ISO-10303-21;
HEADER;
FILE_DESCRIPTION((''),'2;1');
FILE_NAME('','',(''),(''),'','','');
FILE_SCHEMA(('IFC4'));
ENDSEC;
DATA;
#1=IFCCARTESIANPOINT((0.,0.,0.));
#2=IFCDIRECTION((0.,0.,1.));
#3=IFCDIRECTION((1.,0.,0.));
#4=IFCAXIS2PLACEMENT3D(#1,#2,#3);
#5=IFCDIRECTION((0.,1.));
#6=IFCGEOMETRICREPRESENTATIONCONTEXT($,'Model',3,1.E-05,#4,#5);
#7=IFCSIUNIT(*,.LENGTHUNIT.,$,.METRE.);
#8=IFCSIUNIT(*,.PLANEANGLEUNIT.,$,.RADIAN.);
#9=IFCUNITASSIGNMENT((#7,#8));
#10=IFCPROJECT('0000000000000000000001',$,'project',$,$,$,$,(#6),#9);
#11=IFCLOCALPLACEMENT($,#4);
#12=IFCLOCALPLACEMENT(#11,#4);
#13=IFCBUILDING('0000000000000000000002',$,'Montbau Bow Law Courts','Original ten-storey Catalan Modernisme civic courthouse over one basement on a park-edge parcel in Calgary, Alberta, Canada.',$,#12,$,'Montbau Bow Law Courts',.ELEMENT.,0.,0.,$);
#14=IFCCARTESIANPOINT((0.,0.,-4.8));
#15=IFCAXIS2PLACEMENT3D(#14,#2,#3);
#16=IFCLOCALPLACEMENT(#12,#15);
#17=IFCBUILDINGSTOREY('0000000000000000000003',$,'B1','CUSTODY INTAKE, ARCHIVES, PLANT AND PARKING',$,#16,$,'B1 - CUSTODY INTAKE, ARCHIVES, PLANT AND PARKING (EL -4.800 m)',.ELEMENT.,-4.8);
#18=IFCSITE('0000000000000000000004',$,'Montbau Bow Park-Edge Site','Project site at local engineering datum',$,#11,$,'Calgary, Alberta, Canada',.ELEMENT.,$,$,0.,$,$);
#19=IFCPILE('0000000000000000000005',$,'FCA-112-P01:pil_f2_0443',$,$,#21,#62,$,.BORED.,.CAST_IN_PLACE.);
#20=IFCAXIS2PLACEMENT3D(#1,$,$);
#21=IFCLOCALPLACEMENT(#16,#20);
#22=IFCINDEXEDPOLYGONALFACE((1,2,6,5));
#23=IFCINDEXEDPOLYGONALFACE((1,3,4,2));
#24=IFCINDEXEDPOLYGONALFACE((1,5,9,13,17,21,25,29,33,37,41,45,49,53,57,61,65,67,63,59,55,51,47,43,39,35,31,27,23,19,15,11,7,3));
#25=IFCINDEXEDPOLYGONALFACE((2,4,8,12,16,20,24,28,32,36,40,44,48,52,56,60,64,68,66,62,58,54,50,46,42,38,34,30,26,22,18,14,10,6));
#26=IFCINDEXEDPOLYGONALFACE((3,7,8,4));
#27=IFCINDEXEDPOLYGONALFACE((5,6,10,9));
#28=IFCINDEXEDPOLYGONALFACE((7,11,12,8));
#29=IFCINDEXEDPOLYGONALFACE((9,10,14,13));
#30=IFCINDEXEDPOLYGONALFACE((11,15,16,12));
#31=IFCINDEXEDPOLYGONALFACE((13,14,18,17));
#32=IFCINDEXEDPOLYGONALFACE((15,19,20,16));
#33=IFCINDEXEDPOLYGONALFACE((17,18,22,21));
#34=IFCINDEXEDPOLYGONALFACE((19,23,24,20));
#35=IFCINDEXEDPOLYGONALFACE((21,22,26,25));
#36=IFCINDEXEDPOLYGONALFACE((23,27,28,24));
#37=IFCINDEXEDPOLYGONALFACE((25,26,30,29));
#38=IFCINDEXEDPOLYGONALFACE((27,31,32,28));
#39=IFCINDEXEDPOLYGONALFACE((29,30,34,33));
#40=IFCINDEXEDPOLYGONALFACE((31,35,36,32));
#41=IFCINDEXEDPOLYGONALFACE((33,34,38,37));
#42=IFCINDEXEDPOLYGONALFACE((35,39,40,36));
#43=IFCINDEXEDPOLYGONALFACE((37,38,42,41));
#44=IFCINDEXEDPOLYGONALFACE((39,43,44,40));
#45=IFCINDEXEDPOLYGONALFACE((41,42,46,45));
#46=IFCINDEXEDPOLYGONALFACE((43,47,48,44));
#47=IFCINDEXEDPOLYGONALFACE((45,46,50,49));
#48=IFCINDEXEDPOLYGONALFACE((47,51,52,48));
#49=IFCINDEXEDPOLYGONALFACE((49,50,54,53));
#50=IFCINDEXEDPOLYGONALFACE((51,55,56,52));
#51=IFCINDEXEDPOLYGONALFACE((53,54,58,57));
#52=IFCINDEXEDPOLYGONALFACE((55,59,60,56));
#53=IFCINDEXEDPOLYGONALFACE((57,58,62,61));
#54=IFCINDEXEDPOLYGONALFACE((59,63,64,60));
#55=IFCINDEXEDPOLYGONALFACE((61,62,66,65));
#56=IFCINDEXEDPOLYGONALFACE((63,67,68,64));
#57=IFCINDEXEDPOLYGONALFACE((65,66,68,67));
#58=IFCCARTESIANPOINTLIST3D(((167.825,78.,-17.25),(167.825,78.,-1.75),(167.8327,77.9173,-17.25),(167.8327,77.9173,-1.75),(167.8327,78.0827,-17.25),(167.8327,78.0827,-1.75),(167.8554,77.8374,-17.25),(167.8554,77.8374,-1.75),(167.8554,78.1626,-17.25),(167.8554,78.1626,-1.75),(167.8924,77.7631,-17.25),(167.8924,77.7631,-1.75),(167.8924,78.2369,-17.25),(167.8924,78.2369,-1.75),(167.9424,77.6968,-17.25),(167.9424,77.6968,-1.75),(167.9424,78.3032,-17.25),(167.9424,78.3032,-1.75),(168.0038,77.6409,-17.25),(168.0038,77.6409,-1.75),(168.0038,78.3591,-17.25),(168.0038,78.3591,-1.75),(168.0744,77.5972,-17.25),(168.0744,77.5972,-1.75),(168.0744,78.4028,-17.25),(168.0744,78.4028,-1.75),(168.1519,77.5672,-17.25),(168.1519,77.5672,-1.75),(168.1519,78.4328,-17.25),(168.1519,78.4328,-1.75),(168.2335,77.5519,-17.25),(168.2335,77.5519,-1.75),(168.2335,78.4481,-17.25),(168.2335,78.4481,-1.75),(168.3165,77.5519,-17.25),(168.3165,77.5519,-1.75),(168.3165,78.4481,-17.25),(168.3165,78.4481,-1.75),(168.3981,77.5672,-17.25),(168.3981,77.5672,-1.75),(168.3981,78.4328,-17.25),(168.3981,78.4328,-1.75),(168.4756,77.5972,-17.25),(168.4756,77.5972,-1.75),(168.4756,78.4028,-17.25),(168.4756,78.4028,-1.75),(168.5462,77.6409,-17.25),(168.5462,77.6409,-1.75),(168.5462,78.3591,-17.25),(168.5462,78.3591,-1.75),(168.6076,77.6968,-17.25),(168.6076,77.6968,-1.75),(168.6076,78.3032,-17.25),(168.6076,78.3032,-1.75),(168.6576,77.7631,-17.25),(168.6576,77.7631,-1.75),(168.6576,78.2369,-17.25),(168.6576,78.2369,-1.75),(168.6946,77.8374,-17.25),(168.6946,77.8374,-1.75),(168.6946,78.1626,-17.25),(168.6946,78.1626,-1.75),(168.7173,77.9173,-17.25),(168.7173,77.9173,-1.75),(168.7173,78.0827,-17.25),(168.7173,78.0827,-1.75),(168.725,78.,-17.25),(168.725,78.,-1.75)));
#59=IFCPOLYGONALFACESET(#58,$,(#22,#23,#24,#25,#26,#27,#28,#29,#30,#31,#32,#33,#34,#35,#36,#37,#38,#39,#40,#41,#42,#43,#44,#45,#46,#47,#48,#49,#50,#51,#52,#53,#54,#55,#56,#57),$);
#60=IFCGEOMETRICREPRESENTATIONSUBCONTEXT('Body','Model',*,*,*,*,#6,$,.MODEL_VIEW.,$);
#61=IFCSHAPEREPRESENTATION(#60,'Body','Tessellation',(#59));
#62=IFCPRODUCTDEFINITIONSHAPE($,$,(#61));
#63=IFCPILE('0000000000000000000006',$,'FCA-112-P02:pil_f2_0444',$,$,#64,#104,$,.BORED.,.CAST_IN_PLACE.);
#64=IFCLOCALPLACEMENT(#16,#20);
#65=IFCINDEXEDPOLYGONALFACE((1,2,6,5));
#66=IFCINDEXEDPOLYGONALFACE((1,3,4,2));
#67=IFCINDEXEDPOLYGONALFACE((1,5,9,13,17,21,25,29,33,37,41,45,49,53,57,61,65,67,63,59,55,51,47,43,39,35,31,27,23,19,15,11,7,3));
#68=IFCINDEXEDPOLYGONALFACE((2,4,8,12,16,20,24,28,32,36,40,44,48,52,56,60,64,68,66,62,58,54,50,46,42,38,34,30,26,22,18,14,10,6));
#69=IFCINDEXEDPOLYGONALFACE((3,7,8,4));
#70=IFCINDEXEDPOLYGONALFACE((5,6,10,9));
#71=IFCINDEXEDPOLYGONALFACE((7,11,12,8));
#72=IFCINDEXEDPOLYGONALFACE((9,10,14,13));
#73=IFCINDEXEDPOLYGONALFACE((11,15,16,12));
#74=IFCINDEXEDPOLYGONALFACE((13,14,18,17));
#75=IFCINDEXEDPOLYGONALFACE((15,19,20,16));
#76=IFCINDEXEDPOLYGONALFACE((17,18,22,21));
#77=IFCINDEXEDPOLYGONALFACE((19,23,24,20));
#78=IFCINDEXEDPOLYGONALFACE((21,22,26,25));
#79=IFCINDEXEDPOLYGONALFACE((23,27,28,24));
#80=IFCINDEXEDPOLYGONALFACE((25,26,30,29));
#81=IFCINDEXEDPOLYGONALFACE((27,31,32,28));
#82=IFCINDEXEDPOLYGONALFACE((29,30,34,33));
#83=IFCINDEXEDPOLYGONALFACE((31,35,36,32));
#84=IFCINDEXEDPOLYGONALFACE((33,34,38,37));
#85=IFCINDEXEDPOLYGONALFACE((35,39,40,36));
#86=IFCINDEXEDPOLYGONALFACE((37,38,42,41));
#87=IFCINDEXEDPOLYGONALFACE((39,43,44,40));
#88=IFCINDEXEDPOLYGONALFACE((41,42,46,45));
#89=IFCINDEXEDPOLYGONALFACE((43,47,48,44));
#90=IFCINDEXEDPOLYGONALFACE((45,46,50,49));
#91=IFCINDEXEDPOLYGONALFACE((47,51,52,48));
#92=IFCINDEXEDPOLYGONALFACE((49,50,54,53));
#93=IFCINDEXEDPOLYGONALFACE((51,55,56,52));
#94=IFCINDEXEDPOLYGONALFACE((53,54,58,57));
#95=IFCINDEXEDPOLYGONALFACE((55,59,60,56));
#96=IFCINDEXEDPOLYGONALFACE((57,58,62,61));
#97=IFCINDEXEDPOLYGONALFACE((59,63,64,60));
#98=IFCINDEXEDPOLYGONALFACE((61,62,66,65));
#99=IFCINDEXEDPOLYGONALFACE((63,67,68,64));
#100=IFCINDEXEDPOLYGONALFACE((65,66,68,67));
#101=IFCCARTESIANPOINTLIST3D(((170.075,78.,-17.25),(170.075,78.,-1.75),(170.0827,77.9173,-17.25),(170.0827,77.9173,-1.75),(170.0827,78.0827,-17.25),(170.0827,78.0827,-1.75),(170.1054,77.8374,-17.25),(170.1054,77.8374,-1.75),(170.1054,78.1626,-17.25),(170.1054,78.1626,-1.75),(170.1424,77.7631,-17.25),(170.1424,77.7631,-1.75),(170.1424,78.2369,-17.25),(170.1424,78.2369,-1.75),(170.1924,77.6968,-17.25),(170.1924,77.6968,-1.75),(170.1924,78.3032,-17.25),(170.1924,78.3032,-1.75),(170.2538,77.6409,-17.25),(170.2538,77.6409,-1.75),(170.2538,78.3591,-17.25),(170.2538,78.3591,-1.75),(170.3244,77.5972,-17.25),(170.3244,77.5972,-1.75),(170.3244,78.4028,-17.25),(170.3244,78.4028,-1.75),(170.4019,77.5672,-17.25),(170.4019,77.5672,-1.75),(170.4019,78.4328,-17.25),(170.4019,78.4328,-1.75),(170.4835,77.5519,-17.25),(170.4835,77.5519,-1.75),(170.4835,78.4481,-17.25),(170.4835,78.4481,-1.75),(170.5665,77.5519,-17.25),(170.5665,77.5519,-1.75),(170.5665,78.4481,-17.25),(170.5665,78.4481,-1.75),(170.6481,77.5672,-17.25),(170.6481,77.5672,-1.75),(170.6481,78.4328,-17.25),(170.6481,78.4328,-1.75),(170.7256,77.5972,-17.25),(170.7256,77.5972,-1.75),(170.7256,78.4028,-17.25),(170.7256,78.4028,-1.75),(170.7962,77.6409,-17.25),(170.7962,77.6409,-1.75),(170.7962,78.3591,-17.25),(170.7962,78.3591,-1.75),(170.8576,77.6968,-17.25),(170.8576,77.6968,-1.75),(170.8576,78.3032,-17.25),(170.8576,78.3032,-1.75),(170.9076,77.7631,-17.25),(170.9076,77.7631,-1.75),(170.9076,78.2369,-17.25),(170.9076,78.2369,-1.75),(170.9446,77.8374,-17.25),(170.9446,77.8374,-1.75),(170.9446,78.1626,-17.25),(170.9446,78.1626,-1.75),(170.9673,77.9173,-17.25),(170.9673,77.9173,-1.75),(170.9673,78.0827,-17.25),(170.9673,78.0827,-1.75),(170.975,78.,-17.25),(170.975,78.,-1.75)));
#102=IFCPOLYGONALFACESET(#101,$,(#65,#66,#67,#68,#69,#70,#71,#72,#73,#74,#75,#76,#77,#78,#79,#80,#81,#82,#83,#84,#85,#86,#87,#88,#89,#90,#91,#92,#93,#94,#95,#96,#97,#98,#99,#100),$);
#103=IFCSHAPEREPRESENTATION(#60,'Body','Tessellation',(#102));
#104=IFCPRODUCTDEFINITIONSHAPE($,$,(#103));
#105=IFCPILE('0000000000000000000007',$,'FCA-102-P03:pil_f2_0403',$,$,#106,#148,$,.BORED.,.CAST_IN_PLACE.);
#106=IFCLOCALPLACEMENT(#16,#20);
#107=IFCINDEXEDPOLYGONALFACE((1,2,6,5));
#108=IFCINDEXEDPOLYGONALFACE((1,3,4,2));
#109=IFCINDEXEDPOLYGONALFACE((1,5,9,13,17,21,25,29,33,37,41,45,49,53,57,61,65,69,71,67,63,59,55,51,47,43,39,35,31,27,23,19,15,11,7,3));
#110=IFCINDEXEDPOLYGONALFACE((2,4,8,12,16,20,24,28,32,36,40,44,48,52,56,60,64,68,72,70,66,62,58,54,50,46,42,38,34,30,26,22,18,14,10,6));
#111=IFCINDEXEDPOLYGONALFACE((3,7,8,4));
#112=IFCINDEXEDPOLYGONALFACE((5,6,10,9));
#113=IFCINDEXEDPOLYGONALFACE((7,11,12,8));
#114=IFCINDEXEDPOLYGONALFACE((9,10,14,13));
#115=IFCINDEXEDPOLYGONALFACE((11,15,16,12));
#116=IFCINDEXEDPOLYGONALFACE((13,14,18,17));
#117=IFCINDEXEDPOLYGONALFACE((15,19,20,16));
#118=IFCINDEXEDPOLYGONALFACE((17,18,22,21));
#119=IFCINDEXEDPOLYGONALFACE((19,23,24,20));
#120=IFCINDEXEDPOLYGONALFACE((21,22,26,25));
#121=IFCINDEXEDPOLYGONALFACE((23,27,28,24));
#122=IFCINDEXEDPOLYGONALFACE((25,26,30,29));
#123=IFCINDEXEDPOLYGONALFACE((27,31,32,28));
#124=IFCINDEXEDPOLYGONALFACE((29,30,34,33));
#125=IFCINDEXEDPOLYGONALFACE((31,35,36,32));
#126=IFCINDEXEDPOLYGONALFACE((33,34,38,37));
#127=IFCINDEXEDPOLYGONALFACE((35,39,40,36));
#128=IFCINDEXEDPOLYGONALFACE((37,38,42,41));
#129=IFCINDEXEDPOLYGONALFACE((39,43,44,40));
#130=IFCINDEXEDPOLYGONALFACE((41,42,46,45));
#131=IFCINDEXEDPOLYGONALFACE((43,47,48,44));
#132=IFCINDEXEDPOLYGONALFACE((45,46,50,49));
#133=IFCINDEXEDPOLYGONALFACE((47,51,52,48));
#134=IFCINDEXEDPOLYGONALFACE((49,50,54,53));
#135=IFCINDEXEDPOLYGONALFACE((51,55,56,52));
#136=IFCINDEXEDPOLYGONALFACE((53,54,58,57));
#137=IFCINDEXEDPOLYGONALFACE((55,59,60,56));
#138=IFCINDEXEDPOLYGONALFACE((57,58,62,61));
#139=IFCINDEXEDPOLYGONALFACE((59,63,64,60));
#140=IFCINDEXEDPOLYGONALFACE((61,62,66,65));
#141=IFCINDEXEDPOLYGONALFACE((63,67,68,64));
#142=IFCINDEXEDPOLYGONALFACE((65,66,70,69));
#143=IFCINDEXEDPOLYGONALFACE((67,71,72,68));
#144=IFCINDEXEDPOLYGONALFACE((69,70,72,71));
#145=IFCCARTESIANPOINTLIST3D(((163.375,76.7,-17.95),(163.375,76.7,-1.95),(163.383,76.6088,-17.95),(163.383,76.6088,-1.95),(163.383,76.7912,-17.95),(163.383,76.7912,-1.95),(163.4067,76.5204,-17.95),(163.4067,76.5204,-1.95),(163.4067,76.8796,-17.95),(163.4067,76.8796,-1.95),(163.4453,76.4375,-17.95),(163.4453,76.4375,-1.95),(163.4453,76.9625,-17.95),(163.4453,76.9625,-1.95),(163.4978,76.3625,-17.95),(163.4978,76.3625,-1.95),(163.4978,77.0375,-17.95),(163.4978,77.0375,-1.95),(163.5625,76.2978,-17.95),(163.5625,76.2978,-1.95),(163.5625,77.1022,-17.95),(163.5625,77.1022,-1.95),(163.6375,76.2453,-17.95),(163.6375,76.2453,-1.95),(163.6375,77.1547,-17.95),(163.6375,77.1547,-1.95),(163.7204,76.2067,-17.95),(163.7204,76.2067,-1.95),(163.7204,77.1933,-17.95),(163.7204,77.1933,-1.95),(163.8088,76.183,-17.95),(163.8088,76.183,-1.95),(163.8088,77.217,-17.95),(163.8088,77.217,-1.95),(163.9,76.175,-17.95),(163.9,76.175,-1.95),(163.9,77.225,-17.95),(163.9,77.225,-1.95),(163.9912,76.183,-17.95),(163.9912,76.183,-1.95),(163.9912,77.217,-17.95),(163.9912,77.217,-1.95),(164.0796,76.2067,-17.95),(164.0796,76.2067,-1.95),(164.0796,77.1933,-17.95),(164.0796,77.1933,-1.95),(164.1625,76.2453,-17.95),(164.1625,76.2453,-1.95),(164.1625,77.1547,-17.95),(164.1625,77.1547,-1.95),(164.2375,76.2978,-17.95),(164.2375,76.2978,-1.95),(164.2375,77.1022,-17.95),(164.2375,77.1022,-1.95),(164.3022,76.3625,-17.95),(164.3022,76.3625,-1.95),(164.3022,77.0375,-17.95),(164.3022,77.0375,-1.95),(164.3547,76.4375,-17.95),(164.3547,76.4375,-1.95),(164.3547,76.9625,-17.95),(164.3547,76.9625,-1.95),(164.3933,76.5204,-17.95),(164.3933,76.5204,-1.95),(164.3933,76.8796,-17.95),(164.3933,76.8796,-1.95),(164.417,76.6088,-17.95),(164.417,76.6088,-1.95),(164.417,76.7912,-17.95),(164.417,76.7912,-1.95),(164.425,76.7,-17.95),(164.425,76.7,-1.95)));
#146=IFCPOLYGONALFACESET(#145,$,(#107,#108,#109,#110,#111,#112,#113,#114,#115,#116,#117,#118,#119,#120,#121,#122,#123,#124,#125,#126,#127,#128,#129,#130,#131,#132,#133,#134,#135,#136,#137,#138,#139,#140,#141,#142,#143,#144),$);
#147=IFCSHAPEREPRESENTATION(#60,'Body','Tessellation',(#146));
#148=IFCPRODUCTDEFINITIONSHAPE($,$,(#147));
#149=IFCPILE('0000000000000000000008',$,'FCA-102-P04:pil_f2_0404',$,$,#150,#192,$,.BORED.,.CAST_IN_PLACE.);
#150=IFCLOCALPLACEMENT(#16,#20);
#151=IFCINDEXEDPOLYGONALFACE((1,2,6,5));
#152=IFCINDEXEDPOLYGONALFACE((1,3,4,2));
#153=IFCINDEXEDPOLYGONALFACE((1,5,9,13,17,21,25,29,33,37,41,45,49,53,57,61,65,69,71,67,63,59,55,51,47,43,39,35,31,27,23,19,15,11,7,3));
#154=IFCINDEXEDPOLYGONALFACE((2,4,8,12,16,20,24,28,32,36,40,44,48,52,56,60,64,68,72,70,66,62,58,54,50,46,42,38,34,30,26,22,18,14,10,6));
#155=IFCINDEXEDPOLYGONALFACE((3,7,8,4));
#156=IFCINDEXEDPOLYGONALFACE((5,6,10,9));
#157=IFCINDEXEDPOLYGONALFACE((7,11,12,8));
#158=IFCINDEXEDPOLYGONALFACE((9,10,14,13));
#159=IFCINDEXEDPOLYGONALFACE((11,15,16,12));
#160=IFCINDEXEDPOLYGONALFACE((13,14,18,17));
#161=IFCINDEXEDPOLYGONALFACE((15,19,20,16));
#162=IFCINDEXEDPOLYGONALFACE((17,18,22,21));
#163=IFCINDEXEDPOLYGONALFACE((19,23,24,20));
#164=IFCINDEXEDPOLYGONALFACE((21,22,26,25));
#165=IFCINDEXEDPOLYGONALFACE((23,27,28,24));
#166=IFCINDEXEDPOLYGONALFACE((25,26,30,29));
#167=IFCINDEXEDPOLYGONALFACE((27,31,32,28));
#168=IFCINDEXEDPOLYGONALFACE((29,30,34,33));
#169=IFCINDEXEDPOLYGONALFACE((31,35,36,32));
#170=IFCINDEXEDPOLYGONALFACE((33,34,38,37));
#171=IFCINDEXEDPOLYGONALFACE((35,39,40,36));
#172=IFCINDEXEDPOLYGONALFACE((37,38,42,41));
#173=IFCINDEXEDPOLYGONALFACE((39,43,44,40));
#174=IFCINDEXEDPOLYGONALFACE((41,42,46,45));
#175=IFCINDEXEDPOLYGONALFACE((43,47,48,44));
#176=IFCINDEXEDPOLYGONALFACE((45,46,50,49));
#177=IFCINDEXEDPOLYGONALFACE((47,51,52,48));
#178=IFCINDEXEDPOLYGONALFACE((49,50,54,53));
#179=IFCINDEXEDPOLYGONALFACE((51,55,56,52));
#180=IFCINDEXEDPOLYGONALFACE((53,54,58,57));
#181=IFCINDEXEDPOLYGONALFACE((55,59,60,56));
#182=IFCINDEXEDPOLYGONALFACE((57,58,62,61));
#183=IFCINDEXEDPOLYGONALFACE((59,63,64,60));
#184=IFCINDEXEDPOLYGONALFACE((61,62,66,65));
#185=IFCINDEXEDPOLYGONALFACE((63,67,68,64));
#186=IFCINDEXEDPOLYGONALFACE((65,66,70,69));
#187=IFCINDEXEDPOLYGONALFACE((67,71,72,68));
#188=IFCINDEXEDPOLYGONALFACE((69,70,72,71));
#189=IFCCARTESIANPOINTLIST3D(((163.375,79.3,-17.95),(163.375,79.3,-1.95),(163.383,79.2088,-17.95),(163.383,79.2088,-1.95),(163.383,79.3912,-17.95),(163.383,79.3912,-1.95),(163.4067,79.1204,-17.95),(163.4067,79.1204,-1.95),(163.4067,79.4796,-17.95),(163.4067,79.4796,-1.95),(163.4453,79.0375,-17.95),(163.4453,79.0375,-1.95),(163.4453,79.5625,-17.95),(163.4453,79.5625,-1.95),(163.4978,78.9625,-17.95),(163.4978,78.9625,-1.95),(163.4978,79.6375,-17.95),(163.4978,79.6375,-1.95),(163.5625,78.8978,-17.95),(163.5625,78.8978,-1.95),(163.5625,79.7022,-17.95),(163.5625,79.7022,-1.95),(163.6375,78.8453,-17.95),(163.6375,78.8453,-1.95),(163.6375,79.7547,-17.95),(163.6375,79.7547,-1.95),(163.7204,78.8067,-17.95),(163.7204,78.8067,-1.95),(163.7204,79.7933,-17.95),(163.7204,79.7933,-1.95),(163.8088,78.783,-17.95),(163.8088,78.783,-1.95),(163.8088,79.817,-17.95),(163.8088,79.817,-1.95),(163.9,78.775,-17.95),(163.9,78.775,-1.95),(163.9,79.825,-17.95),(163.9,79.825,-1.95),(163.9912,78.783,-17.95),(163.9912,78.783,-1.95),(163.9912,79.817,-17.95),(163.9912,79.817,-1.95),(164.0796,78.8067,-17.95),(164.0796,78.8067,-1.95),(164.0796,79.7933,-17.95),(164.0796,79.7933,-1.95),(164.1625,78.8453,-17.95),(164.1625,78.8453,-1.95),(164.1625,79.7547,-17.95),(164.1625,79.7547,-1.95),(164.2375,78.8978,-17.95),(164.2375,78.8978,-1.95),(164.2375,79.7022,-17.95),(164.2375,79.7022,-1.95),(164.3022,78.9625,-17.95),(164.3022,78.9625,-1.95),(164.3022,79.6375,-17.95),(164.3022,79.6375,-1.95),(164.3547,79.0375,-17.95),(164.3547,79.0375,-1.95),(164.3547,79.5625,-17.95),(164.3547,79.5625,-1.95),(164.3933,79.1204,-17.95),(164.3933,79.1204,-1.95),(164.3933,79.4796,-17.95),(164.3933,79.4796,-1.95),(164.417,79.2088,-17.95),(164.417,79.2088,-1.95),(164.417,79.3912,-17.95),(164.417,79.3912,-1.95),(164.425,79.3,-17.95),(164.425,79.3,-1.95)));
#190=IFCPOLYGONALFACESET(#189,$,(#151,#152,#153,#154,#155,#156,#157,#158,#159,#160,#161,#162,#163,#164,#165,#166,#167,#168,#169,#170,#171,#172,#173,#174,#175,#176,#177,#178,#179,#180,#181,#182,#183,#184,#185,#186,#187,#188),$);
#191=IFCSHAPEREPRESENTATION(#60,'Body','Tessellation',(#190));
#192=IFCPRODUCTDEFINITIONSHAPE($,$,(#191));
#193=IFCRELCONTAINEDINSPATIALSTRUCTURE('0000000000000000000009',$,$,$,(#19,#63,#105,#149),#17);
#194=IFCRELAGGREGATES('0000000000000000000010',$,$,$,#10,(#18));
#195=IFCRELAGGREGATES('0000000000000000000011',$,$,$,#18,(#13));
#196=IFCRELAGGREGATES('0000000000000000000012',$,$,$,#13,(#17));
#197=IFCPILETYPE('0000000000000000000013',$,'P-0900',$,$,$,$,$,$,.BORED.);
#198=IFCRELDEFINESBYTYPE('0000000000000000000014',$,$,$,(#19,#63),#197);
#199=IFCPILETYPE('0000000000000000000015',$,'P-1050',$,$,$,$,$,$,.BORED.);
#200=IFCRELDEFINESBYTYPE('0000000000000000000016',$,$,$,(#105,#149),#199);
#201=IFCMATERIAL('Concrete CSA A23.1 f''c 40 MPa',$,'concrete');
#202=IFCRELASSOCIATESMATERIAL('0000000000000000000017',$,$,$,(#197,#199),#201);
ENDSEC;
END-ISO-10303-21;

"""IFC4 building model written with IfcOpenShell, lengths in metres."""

from ifc_helpers import new_model, si_unit, direction, frame, origin_with_axes, origin_2d_with_axis, place, context, subcontext, project, spatial, circle, extrude, material, material_profile, profile_set, type_object, element, save


model = new_model("IFC4")

# Units and contexts
model_context = context("Model", 3, precision=1e-05, world=origin_with_axes(), true_north=direction((0.0, 1.0)))
body_context = subcontext(model_context, "Body", "Model", "MODEL_VIEW")
ifc_project = project(units=[si_unit("LENGTHUNIT", "METRE"), si_unit("PLANEANGLEUNIT", "RADIAN")], contexts=[model_context])

# Site, building, storey
site_placement = place(None, origin_with_axes())
site = spatial("IfcSite", under=ifc_project, at=site_placement, Name="Montbau Bow Park-Edge Site", Description="Project site at local engineering datum", LongName="Calgary, Alberta, Canada", CompositionType="ELEMENT", RefElevation=0.0)
building_placement = place(site_placement, origin_with_axes())
building = spatial("IfcBuilding", under=site, at=building_placement, Name="Montbau Bow Law Courts", Description="Original ten-storey Catalan Modernisme civic courthouse over one basement on a park-edge parcel in Calgary, Alberta, Canada.", LongName="Montbau Bow Law Courts", CompositionType="ELEMENT", ElevationOfRefHeight=0.0, ElevationOfTerrain=0.0)
storey_placement = place(building_placement, frame((0.0, 0.0, -4.8), z_axis=(0.0, 0.0, 1.0), x_axis=(1.0, 0.0, 0.0)))
storey = spatial("IfcBuildingStorey", under=building, at=storey_placement, Name="B1", Description="CUSTODY INTAKE, ARCHIVES, PLANT AND PARKING", LongName="B1 - CUSTODY INTAKE, ARCHIVES, PLANT AND PARKING (EL -4.800 m)", CompositionType="ELEMENT", Elevation=-4.8)

# Piles
ifc_material_1 = material(Name="Concrete CSA A23.1 f'c 40 MPa", Category="concrete")
ifc_material_profile_1 = material_profile(ifc_material_1, circle(Radius=0.45, at=origin_2d_with_axis()), Name="BP900", Category="Main", Priority=0)
ifc_profile_set_1 = profile_set([ifc_material_profile_1], Name="Concrete CSA A23.1 f'c 40 MPa")
pile_type_1 = type_object("IfcPileType", Name="P-0900", PredefinedType="BORED", material=ifc_profile_set_1)
for number, where, z_axis, x_axis, name in (
    (1, (168.275, 78.0, -22.05), (0.0, 0.0, 1.0), (1.0, 0.0, 0.0), "FCA-112-P01:pil_f2_0443"),
    (2, (170.525, 78.0, -22.05), (0.0, 0.0, 1.0), (1.0, 0.0, 0.0), "FCA-112-P02:pil_f2_0444"),
):
    element("IfcPile", number, at=place(None, frame(where, z_axis=z_axis, x_axis=x_axis)), inside=storey, type_object=pile_type_1, Name=name, ConstructionType="CAST_IN_PLACE", PredefinedType="BORED", context=body_context, shape_type="SweptSolid", body=[
        extrude(circle(Radius=0.45, at=origin_2d_with_axis()), origin_with_axes(), (0.0, 0.0, 1.0), 15.5),
    ])
ifc_material_profile_2 = material_profile(ifc_material_1, circle(Radius=0.525, at=origin_2d_with_axis()), Name="BP1050", Category="Main", Priority=0)
ifc_profile_set_2 = profile_set([ifc_material_profile_2], Name="Concrete CSA A23.1 f'c 40 MPa")
pile_type_2 = type_object("IfcPileType", Name="P-1050", PredefinedType="BORED", material=ifc_profile_set_2)
for number, where, z_axis, x_axis, name in (
    (3, (163.9, 76.7, -22.75), (0.0, 0.0, 1.0), (1.0, 0.0, 0.0), "FCA-102-P03:pil_f2_0403"),
    (4, (163.9, 79.3, -22.75), (0.0, 0.0, 1.0), (1.0, 0.0, 0.0), "FCA-102-P04:pil_f2_0404"),
):
    element("IfcPile", number, at=place(None, frame(where, z_axis=z_axis, x_axis=x_axis)), inside=storey, type_object=pile_type_2, Name=name, ConstructionType="CAST_IN_PLACE", PredefinedType="BORED", context=body_context, shape_type="SweptSolid", body=[
        extrude(circle(Radius=0.525, at=origin_2d_with_axis()), origin_with_axes(), (0.0, 0.0, 1.0), 16.0),
    ])

save(model, "model.ifc")
